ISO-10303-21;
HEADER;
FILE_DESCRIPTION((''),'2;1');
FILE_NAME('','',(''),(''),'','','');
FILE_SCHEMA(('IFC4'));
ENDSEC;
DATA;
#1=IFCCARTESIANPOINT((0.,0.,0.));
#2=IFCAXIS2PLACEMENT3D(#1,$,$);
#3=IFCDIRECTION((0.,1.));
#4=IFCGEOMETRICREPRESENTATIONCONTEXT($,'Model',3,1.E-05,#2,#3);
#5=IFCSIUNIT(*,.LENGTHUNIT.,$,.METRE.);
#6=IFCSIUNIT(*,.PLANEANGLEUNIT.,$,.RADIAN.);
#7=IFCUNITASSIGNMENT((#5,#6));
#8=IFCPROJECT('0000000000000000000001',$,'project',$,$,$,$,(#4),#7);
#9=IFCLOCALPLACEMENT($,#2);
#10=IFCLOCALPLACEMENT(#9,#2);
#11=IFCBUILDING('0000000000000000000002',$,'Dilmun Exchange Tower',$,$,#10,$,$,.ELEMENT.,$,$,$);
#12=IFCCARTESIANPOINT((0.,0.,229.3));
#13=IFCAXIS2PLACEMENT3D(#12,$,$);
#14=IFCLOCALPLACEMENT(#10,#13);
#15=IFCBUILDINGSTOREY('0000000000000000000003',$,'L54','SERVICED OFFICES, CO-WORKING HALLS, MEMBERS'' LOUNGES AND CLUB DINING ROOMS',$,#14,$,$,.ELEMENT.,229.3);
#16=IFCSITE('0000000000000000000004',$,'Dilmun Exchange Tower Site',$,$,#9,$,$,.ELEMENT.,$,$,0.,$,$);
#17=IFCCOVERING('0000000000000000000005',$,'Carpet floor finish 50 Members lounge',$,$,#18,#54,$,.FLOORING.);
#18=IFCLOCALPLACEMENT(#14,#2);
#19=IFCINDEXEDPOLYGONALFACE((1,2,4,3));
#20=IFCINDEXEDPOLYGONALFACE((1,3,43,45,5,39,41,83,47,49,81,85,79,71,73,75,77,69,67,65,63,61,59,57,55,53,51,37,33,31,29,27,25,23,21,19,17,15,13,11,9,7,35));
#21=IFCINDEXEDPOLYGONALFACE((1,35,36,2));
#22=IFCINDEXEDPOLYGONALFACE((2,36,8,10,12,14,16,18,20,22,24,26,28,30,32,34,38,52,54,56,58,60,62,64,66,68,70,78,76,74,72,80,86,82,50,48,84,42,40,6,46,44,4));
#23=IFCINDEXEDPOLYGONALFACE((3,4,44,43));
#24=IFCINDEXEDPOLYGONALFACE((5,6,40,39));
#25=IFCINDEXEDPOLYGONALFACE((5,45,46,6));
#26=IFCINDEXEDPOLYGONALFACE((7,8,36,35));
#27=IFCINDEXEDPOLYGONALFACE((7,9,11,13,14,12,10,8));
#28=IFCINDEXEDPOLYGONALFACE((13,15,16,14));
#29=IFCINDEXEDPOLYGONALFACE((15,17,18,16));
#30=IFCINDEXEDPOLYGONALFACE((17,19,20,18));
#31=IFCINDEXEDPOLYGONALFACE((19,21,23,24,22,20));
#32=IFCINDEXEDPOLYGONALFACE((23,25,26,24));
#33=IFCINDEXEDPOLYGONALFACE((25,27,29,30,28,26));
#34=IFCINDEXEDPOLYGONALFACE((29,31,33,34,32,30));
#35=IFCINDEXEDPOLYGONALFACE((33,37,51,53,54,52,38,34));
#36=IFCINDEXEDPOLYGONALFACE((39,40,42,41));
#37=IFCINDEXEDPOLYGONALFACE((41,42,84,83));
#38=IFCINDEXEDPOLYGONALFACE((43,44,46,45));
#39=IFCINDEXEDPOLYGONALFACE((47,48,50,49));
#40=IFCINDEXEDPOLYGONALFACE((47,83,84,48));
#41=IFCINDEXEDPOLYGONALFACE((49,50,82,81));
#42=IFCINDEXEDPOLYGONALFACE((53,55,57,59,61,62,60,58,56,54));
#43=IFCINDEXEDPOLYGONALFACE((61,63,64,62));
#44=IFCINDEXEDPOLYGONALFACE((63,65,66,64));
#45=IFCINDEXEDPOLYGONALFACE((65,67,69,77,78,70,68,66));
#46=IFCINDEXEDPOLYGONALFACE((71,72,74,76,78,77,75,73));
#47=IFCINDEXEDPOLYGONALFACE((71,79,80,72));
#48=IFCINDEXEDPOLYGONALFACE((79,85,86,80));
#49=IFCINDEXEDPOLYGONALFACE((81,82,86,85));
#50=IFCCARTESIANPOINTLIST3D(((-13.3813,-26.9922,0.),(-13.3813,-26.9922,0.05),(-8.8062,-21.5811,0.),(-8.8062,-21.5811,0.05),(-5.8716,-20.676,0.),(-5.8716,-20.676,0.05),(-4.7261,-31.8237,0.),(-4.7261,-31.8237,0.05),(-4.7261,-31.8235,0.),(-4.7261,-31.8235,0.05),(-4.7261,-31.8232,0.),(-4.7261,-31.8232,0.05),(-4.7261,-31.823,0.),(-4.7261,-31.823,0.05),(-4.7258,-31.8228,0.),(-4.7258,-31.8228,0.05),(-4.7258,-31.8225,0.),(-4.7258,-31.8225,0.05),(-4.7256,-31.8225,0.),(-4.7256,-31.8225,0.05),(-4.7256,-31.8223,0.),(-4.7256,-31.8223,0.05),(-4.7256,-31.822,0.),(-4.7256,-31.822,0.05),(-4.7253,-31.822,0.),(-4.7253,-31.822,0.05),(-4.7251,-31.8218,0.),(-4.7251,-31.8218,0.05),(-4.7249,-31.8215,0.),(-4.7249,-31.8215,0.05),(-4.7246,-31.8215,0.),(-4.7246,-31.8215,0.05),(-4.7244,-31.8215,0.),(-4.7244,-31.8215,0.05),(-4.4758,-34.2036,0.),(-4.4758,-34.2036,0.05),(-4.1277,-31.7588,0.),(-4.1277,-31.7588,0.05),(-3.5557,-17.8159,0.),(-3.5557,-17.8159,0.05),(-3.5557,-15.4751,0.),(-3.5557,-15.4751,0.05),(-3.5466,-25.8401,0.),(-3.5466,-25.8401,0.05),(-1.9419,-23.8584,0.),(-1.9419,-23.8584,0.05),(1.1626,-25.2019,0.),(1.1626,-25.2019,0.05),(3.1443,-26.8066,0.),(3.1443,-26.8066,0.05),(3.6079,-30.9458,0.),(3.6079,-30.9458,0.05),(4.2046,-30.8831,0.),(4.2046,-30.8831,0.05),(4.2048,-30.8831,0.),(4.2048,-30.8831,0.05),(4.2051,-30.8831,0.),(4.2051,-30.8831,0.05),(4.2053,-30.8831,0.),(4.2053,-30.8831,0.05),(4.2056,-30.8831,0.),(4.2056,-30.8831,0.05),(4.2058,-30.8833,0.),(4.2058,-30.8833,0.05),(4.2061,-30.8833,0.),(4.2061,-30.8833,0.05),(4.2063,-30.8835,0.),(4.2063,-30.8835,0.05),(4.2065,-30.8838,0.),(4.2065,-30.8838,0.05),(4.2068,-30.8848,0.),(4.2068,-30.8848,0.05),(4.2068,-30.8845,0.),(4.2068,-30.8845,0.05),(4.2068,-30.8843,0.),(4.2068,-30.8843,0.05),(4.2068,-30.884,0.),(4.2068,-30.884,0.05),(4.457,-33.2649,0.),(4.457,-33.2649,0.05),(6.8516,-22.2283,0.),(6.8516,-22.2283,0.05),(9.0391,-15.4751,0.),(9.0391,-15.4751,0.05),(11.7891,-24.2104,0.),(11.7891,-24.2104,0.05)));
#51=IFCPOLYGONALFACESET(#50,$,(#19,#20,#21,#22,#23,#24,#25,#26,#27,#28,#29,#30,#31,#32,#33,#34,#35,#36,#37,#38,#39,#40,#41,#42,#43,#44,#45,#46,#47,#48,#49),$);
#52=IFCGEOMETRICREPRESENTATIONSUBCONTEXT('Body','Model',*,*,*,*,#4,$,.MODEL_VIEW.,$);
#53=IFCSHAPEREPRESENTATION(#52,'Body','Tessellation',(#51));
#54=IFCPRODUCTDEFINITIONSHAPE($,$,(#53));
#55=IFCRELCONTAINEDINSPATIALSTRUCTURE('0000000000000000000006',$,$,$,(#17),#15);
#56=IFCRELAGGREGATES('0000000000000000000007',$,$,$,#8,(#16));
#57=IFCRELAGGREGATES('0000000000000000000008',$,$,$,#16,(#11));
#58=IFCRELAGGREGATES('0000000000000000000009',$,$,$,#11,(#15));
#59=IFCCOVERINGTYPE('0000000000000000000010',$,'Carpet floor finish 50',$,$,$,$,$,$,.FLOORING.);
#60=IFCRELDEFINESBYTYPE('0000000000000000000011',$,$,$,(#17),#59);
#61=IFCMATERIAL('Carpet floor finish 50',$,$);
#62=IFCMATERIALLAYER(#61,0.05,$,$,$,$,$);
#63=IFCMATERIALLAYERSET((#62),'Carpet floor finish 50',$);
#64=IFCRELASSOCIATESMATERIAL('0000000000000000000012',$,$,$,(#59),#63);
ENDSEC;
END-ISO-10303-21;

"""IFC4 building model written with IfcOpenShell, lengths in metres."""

from ifc_helpers import new_model, si_unit, direction, frame, origin, place, context, subcontext, project, spatial, polyline, outline, extrude, material, layer, layer_set, type_object, element, save


model = new_model("IFC4")

# Units and contexts
model_context = context("Model", 3, precision=1e-05, world=origin(), true_north=direction((0.0, 1.0)))
body_context = subcontext(model_context, "Body", "Model", "MODEL_VIEW")
ifc_project = project(units=[si_unit("LENGTHUNIT", "METRE"), si_unit("PLANEANGLEUNIT", "RADIAN")], contexts=[model_context])

# Site, building, storey
site_placement = place(None, origin())
site = spatial("IfcSite", under=ifc_project, at=site_placement, Name="Dilmun Exchange Tower Site", CompositionType="ELEMENT", RefElevation=0.0)
building_placement = place(site_placement, origin())
building = spatial("IfcBuilding", under=site, at=building_placement, Name="Dilmun Exchange Tower", CompositionType="ELEMENT")
storey_placement = place(building_placement, frame((0.0, 0.0, 229.3)))
storey = spatial("IfcBuildingStorey", under=building, at=storey_placement, Name="L54", Description="SERVICED OFFICES, CO-WORKING HALLS, MEMBERS' LOUNGES AND CLUB DINING ROOMS", CompositionType="ELEMENT", Elevation=229.3)

# Covering
ifc_material_1 = material(Name="Carpet floor finish 50")
ifc_layer_1 = layer(ifc_material_1, 0.05)
ifc_layer_set_1 = layer_set([ifc_layer_1], Name="Carpet floor finish 50")
covering_type_1 = type_object("IfcCoveringType", Name="Carpet floor finish 50", PredefinedType="FLOORING", material=ifc_layer_set_1)
covering_1_placement = place(storey_placement, origin())
element("IfcCovering", 1, at=covering_1_placement, inside=storey, type_object=covering_type_1, Name="Carpet floor finish 50 Members lounge", PredefinedType="FLOORING", context=body_context, shape_type="SweptSolid", body=[
    extrude(outline(polyline([(-3.5557, -15.4751), (9.0391, -15.4751), (1.1626, -25.2019), (3.1443, -26.8066), (6.8516, -22.2283), (11.7891, -24.2104), (4.457, -33.2649), (4.2068, -30.8848), (4.2068, -30.8845), (4.2068, -30.8845), (4.2068, -30.8843), (4.2068, -30.884), (4.2065, -30.8838), (4.2065, -30.8838), (4.2063, -30.8835), (4.2063, -30.8835), (4.2061, -30.8833), (4.2058, -30.8833), (4.2058, -30.8833), (4.2056, -30.8831), (4.2053, -30.8831), (4.2051, -30.8831), (4.2048, -30.8831), (4.2046, -30.8831), (3.6079, -30.9458), (-4.1277, -31.7588), (-4.7244, -31.8215), (-4.7246, -31.8215), (-4.7246, -31.8215), (-4.7249, -31.8215), (-4.7251, -31.8218), (-4.7251, -31.8218), (-4.7253, -31.822), (-4.7256, -31.822), (-4.7256, -31.8223), (-4.7256, -31.8225), (-4.7258, -31.8225), (-4.7258, -31.8228), (-4.7261, -31.823), (-4.7261, -31.823), (-4.7261, -31.8232), (-4.7261, -31.8235), (-4.7261, -31.8237), (-4.4758, -34.2036), (-13.3813, -26.9922), (-8.8062, -21.5811), (-3.5466, -25.8401), (-1.9419, -23.8584), (-5.8716, -20.676), (-3.5557, -17.8159), (-3.5557, -15.4751)])), origin(), (0.0, 0.0, 1.0), 0.05),
])

save(model, "model.ifc")
